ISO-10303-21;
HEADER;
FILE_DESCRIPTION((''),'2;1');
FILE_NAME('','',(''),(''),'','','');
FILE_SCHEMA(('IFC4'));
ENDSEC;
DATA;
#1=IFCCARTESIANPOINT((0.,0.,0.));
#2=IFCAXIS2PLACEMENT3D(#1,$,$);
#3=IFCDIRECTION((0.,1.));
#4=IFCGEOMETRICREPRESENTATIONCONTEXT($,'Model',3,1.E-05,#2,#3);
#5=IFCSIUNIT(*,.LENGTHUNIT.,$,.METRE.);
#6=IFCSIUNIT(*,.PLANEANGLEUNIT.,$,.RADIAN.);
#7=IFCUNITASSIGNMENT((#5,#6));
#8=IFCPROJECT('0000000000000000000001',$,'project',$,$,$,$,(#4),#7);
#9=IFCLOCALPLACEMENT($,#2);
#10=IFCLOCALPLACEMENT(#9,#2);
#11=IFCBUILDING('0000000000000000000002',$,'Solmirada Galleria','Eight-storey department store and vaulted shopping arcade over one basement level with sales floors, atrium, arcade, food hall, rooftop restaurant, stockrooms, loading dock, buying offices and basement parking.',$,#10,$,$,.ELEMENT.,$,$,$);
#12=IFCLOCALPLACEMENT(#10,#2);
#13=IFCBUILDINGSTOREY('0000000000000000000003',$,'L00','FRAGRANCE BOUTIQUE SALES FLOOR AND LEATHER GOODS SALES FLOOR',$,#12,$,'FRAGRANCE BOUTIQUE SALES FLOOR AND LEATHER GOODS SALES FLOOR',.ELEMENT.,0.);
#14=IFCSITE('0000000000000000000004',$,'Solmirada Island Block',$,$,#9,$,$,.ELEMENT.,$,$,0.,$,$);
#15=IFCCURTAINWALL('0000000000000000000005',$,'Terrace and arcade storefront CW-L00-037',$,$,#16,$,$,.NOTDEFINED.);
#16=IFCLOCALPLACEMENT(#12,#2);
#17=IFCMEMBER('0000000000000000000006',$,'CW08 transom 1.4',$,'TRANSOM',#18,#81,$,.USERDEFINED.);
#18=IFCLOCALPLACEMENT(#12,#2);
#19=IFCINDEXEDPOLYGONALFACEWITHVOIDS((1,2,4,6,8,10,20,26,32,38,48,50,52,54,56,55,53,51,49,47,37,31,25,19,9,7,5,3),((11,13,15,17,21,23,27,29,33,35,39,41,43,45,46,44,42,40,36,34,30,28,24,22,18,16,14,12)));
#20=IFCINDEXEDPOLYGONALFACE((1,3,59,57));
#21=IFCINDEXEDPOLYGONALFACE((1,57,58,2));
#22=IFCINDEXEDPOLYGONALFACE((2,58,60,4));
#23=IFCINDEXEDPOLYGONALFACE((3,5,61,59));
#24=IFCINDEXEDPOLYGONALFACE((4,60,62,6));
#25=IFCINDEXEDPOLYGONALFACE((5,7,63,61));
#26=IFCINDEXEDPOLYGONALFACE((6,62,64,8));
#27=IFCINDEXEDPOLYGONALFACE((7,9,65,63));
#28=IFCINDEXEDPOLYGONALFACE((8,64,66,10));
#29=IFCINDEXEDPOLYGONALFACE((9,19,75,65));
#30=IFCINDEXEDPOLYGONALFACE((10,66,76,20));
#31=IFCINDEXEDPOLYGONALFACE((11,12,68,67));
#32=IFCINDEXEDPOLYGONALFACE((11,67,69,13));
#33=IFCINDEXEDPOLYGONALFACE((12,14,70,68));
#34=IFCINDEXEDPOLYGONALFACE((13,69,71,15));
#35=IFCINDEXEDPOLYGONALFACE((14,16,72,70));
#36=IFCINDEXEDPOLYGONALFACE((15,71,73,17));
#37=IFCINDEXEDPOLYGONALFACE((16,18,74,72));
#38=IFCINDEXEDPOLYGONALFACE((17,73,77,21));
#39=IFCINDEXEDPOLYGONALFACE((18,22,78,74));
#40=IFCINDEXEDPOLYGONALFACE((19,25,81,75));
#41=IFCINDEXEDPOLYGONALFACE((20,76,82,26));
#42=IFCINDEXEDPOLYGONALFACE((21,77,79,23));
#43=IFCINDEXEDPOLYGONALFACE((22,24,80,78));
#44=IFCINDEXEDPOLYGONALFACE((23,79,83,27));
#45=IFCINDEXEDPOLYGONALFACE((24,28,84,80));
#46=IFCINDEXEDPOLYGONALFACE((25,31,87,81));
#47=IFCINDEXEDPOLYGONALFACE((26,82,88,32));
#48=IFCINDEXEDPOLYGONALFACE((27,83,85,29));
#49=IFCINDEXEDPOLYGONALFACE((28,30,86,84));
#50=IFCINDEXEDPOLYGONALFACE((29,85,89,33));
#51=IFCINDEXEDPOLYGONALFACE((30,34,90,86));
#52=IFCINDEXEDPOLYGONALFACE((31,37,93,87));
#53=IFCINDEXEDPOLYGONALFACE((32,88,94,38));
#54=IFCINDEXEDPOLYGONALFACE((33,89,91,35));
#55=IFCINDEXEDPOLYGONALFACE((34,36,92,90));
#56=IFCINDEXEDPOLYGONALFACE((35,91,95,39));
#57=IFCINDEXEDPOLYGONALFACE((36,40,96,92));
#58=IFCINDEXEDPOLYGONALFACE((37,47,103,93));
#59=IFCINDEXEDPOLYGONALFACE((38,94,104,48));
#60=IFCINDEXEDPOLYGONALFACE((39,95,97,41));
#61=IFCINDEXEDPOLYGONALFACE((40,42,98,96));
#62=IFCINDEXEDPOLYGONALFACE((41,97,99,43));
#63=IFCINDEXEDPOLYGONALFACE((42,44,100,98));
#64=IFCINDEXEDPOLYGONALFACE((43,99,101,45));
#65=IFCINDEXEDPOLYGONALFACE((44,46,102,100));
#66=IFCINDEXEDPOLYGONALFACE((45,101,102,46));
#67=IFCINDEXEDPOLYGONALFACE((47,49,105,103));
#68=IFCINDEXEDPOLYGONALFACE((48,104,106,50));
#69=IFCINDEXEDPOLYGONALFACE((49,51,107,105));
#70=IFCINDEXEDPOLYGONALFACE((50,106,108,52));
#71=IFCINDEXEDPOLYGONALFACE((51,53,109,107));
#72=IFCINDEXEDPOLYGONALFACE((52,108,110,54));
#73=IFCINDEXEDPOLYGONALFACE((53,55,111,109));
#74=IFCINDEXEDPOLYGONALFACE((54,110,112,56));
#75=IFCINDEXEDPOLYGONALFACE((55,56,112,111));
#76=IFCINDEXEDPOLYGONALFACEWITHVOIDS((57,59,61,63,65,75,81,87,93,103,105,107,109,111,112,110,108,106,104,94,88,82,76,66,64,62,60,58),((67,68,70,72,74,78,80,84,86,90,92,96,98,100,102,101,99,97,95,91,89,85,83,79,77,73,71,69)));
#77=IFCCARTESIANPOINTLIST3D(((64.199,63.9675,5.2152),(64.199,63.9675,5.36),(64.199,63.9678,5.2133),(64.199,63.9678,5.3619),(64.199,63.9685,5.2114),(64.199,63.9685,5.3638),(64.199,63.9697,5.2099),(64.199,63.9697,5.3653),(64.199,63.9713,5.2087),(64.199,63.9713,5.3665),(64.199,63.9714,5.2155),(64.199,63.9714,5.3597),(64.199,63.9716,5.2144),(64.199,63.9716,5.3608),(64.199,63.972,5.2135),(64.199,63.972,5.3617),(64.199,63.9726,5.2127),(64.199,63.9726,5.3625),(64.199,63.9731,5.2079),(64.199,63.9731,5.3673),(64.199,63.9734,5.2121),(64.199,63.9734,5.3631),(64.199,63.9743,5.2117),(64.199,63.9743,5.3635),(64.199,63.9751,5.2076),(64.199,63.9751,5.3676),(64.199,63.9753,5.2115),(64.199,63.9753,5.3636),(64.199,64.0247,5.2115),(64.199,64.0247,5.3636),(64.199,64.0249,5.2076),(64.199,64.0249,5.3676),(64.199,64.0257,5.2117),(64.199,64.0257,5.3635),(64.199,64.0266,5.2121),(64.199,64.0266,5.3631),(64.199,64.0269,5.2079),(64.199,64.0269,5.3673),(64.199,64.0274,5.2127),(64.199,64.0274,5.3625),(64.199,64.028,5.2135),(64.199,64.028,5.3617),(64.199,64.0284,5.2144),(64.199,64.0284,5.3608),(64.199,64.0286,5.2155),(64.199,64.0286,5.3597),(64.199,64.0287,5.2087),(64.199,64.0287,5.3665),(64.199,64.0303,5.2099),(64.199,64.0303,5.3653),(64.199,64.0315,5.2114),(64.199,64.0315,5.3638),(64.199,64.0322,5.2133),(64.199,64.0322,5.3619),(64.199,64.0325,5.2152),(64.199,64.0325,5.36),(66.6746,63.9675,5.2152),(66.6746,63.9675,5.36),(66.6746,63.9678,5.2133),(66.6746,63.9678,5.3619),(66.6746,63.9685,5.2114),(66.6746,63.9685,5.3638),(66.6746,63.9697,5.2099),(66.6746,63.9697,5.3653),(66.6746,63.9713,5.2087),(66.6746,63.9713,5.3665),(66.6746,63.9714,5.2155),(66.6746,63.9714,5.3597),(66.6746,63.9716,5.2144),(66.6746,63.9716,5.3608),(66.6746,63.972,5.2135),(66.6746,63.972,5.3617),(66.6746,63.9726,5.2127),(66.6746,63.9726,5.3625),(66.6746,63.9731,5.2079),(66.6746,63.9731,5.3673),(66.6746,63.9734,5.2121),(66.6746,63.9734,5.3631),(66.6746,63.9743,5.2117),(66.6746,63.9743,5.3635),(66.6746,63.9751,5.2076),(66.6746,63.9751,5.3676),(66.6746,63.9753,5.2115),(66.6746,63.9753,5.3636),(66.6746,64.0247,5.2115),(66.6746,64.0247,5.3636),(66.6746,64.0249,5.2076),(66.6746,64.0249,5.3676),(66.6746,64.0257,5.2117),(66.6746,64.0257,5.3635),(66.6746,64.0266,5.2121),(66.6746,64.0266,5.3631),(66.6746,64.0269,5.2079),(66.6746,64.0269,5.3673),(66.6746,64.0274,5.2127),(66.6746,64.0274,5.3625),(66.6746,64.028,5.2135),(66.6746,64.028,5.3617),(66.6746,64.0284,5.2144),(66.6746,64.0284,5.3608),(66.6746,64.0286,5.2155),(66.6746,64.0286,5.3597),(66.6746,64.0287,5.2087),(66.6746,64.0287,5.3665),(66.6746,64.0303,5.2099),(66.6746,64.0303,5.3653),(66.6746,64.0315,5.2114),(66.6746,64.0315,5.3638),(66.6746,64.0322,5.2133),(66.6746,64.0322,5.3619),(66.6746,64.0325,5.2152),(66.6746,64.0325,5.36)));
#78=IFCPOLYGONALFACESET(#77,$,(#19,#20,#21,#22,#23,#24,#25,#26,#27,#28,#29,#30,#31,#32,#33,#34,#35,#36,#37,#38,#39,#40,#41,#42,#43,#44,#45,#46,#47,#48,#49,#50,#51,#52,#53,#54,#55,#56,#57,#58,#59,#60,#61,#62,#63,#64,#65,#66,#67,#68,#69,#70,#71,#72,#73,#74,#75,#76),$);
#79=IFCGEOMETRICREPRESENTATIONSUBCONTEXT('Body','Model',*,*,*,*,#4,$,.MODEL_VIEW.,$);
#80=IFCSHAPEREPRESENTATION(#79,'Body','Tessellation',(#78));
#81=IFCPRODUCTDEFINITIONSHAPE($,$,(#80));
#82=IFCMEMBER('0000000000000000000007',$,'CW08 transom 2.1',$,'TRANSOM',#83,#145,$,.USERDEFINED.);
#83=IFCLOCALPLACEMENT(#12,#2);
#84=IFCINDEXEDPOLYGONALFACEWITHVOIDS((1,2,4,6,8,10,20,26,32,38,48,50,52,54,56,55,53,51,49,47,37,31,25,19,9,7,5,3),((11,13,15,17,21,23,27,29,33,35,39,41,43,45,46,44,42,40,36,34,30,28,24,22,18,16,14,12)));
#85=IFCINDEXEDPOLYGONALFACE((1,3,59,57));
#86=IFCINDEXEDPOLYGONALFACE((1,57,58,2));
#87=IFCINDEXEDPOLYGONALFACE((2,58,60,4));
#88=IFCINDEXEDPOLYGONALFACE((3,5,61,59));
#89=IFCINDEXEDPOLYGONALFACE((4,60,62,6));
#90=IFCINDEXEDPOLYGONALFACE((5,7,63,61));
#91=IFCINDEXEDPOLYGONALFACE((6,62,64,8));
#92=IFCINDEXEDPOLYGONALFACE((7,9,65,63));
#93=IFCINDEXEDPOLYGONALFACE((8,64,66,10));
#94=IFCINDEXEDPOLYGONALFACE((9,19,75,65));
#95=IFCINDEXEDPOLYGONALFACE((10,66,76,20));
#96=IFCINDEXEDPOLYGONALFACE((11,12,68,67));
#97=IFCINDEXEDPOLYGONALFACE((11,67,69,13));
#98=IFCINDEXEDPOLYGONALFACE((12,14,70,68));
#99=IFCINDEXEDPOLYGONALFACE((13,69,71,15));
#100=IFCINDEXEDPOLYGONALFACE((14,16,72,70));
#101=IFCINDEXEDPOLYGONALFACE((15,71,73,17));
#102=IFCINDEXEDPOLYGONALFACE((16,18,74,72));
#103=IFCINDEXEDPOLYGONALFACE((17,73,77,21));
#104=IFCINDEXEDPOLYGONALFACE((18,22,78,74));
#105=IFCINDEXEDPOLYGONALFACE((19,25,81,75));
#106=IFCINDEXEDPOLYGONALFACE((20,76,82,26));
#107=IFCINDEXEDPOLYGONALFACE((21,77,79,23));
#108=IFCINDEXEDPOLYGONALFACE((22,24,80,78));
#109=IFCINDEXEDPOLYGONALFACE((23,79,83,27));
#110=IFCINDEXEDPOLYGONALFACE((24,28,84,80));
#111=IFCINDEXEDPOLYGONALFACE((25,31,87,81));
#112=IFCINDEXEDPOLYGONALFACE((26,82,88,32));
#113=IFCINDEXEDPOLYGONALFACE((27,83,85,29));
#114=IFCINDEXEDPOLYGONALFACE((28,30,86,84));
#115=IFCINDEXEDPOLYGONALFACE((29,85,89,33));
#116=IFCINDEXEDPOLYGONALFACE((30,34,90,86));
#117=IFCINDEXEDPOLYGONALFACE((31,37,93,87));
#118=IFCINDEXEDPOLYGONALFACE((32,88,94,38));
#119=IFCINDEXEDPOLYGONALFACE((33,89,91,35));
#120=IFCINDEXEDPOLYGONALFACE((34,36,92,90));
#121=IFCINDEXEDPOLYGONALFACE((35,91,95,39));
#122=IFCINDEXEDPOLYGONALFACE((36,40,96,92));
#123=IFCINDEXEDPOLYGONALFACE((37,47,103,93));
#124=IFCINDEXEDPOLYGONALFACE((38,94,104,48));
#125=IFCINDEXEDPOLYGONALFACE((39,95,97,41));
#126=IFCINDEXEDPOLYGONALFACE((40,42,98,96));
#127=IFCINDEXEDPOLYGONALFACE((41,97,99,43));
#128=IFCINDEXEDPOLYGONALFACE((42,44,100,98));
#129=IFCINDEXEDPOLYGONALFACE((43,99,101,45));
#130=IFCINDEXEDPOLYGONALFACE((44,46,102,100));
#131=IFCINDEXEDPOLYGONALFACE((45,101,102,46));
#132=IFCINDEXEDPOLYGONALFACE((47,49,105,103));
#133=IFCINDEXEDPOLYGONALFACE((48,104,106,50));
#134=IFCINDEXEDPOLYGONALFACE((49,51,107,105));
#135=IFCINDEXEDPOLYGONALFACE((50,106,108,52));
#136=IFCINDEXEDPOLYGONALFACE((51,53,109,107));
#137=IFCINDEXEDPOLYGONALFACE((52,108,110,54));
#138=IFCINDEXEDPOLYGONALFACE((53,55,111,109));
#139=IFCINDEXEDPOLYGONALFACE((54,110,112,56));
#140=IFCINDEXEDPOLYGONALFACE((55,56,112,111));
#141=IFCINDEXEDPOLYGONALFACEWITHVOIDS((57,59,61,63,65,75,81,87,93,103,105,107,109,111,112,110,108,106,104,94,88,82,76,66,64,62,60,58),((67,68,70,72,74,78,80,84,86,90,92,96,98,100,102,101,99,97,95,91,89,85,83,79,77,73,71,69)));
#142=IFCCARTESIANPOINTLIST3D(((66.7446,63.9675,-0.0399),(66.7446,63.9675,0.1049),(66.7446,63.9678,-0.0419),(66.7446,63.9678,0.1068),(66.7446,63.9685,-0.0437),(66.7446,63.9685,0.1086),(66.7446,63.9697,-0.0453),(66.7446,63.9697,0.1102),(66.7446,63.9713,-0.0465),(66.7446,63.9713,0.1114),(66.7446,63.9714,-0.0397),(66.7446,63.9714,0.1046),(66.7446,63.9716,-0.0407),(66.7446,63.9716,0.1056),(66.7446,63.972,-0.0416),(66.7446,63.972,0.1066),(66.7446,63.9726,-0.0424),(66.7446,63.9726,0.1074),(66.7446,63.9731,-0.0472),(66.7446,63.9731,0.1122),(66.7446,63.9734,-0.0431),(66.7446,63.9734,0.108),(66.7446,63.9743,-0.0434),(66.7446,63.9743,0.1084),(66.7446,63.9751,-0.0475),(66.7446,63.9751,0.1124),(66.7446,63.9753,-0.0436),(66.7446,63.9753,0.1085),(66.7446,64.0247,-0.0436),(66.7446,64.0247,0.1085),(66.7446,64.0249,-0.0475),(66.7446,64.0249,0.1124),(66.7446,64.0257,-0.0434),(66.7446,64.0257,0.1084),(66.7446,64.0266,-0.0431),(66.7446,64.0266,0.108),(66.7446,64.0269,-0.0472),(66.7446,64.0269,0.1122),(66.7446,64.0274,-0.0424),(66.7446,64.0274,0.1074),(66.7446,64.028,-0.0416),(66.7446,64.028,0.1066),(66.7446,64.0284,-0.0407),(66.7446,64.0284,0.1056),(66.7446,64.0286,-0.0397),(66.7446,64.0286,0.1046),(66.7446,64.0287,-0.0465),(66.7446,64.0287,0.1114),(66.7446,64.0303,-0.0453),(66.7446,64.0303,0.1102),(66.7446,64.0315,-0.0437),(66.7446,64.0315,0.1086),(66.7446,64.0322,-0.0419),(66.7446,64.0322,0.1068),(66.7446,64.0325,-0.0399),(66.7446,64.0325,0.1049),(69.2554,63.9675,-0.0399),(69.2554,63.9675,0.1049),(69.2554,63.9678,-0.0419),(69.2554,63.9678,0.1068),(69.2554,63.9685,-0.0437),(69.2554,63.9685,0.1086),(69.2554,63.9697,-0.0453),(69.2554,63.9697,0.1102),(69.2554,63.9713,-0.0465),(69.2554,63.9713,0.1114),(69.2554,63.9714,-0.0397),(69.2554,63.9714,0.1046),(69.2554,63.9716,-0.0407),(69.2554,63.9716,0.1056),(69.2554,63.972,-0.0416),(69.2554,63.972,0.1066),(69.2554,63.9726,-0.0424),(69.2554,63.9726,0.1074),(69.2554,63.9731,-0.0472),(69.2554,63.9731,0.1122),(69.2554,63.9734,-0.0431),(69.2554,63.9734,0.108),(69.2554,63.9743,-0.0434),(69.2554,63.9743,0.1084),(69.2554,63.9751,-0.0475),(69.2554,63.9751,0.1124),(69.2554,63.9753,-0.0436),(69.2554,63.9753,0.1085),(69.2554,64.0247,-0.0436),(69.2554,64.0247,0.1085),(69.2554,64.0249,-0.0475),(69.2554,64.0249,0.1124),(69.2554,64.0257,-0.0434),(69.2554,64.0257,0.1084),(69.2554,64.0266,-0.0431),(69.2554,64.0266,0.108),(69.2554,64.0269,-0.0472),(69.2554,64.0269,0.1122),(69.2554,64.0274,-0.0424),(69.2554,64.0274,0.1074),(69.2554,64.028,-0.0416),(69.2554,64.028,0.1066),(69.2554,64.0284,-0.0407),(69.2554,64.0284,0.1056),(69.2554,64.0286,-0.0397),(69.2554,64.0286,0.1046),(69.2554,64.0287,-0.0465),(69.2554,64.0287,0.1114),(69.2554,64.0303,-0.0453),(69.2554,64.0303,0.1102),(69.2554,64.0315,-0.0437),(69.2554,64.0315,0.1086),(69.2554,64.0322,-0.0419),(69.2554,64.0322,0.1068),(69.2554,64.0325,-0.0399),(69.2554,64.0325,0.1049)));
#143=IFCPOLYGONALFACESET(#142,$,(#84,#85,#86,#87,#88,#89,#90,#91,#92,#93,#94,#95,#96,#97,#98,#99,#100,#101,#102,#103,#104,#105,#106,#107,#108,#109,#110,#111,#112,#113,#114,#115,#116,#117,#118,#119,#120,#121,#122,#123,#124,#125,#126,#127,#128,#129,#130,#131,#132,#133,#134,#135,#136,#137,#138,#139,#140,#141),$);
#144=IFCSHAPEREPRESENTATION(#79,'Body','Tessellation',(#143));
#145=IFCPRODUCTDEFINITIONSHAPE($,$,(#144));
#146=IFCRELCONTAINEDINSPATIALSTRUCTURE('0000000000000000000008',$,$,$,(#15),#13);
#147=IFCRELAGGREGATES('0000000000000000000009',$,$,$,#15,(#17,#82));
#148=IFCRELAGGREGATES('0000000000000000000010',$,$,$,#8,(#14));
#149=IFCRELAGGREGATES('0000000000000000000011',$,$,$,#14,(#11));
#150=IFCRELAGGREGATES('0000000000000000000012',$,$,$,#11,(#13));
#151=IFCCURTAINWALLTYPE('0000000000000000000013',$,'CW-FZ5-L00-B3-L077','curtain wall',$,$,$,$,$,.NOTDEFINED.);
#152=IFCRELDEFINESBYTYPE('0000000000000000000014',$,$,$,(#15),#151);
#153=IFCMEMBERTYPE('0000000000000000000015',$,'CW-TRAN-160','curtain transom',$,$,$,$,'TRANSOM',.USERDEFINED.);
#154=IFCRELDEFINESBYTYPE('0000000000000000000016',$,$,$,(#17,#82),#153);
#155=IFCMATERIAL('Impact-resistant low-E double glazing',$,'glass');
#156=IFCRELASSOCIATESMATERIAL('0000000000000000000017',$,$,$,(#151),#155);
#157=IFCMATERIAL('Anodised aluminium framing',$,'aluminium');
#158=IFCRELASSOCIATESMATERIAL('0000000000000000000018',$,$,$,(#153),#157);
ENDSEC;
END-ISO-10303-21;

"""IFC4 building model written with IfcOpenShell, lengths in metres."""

from ifc_helpers import new_model, si_unit, direction, frame, origin, origin_2d, place, context, subcontext, project, spatial, hollow_rectangle, extrude, material, material_profile, profile_set, type_object, element, aggregate, save


model = new_model("IFC4")

# Units and contexts
model_context = context("Model", 3, precision=1e-05, world=origin(), true_north=direction((0.0, 1.0)))
body_context = subcontext(model_context, "Body", "Model", "MODEL_VIEW")
ifc_project = project(units=[si_unit("LENGTHUNIT", "METRE"), si_unit("PLANEANGLEUNIT", "RADIAN")], contexts=[model_context])

# Site, building, storey
site_placement = place(None, origin())
site = spatial("IfcSite", under=ifc_project, at=site_placement, Name="Solmirada Island Block", CompositionType="ELEMENT", RefElevation=0.0)
building_placement = place(site_placement, origin())
building = spatial("IfcBuilding", under=site, at=building_placement, Name="Solmirada Galleria", Description="Eight-storey department store and vaulted shopping arcade over one basement level with sales floors, atrium, arcade, food hall, rooftop restaurant, stockrooms, loading dock, buying offices and basement parking.", CompositionType="ELEMENT")
storey_placement = place(building_placement, origin())
storey = spatial("IfcBuildingStorey", under=building, at=storey_placement, Name="L00", Description="FRAGRANCE BOUTIQUE SALES FLOOR AND LEATHER GOODS SALES FLOOR", LongName="FRAGRANCE BOUTIQUE SALES FLOOR AND LEATHER GOODS SALES FLOOR", CompositionType="ELEMENT", Elevation=0.0)

# Curtain wall
ifc_material_1 = material(Name="Impact-resistant low-E double glazing", Category="glass")
curtain_wall_type = type_object("IfcCurtainWallType", Name="CW-FZ5-L00-B3-L077", Description="curtain wall", PredefinedType="NOTDEFINED", material=ifc_material_1)
ifc_material_2 = material(Name="Anodised aluminium framing", Category="aluminium")
curtain_wall_1_placement = place(storey_placement, origin())
curtain_wall_1 = element("IfcCurtainWall", 1, at=curtain_wall_1_placement, inside=storey, type_object=curtain_wall_type, Name="Terrace and arcade storefront CW-L00-037", PredefinedType="NOTDEFINED")

# Members
ifc_material_profile_1 = material_profile(ifc_material_2, hollow_rectangle(XDim=0.0649, YDim=0.1599, WallThickness=0.0039, InnerFilletRadius=0.0039, OuterFilletRadius=0.0076, at=origin_2d()), Name="ALU-TRAN-160X65")
ifc_profile_set_1 = profile_set([ifc_material_profile_1], Name="Anodised aluminium framing")
member_type_1 = type_object("IfcMemberType", Name="CW-TRAN-160", Description="curtain transom", ElementType="TRANSOM", PredefinedType="USERDEFINED", material=ifc_profile_set_1)
member_1_placement = place(storey_placement, frame((64.199, 64.0, 5.2876), z_axis=(1.0, 0.0, 0.0), x_axis=(0.0, 1.0, 0.0)))
member_1 = element("IfcMember", 2, at=member_1_placement, type_object=member_type_1, Name="CW08 transom 1.4", ObjectType="TRANSOM", PredefinedType="USERDEFINED", context=body_context, shape_type="SweptSolid", body=[
    extrude(hollow_rectangle(XDim=0.0649, YDim=0.1599, WallThickness=0.0039, InnerFilletRadius=0.0039, OuterFilletRadius=0.0076, at=origin_2d()), origin(), (0.0, 0.0, 1.0), 2.4756),
])
member_2_placement = place(storey_placement, frame((66.7446, 64.0, 0.0325), z_axis=(1.0, 0.0, 0.0), x_axis=(0.0, 1.0, 0.0)))
member_2 = element("IfcMember", 3, at=member_2_placement, type_object=member_type_1, Name="CW08 transom 2.1", ObjectType="TRANSOM", PredefinedType="USERDEFINED", context=body_context, shape_type="SweptSolid", body=[
    extrude(hollow_rectangle(XDim=0.0649, YDim=0.1599, WallThickness=0.0039, InnerFilletRadius=0.0039, OuterFilletRadius=0.0076, at=origin_2d()), origin(), (0.0, 0.0, 1.0), 2.5107),
])

aggregate(curtain_wall_1, [member_1, member_2])

save(model, "model.ifc")
